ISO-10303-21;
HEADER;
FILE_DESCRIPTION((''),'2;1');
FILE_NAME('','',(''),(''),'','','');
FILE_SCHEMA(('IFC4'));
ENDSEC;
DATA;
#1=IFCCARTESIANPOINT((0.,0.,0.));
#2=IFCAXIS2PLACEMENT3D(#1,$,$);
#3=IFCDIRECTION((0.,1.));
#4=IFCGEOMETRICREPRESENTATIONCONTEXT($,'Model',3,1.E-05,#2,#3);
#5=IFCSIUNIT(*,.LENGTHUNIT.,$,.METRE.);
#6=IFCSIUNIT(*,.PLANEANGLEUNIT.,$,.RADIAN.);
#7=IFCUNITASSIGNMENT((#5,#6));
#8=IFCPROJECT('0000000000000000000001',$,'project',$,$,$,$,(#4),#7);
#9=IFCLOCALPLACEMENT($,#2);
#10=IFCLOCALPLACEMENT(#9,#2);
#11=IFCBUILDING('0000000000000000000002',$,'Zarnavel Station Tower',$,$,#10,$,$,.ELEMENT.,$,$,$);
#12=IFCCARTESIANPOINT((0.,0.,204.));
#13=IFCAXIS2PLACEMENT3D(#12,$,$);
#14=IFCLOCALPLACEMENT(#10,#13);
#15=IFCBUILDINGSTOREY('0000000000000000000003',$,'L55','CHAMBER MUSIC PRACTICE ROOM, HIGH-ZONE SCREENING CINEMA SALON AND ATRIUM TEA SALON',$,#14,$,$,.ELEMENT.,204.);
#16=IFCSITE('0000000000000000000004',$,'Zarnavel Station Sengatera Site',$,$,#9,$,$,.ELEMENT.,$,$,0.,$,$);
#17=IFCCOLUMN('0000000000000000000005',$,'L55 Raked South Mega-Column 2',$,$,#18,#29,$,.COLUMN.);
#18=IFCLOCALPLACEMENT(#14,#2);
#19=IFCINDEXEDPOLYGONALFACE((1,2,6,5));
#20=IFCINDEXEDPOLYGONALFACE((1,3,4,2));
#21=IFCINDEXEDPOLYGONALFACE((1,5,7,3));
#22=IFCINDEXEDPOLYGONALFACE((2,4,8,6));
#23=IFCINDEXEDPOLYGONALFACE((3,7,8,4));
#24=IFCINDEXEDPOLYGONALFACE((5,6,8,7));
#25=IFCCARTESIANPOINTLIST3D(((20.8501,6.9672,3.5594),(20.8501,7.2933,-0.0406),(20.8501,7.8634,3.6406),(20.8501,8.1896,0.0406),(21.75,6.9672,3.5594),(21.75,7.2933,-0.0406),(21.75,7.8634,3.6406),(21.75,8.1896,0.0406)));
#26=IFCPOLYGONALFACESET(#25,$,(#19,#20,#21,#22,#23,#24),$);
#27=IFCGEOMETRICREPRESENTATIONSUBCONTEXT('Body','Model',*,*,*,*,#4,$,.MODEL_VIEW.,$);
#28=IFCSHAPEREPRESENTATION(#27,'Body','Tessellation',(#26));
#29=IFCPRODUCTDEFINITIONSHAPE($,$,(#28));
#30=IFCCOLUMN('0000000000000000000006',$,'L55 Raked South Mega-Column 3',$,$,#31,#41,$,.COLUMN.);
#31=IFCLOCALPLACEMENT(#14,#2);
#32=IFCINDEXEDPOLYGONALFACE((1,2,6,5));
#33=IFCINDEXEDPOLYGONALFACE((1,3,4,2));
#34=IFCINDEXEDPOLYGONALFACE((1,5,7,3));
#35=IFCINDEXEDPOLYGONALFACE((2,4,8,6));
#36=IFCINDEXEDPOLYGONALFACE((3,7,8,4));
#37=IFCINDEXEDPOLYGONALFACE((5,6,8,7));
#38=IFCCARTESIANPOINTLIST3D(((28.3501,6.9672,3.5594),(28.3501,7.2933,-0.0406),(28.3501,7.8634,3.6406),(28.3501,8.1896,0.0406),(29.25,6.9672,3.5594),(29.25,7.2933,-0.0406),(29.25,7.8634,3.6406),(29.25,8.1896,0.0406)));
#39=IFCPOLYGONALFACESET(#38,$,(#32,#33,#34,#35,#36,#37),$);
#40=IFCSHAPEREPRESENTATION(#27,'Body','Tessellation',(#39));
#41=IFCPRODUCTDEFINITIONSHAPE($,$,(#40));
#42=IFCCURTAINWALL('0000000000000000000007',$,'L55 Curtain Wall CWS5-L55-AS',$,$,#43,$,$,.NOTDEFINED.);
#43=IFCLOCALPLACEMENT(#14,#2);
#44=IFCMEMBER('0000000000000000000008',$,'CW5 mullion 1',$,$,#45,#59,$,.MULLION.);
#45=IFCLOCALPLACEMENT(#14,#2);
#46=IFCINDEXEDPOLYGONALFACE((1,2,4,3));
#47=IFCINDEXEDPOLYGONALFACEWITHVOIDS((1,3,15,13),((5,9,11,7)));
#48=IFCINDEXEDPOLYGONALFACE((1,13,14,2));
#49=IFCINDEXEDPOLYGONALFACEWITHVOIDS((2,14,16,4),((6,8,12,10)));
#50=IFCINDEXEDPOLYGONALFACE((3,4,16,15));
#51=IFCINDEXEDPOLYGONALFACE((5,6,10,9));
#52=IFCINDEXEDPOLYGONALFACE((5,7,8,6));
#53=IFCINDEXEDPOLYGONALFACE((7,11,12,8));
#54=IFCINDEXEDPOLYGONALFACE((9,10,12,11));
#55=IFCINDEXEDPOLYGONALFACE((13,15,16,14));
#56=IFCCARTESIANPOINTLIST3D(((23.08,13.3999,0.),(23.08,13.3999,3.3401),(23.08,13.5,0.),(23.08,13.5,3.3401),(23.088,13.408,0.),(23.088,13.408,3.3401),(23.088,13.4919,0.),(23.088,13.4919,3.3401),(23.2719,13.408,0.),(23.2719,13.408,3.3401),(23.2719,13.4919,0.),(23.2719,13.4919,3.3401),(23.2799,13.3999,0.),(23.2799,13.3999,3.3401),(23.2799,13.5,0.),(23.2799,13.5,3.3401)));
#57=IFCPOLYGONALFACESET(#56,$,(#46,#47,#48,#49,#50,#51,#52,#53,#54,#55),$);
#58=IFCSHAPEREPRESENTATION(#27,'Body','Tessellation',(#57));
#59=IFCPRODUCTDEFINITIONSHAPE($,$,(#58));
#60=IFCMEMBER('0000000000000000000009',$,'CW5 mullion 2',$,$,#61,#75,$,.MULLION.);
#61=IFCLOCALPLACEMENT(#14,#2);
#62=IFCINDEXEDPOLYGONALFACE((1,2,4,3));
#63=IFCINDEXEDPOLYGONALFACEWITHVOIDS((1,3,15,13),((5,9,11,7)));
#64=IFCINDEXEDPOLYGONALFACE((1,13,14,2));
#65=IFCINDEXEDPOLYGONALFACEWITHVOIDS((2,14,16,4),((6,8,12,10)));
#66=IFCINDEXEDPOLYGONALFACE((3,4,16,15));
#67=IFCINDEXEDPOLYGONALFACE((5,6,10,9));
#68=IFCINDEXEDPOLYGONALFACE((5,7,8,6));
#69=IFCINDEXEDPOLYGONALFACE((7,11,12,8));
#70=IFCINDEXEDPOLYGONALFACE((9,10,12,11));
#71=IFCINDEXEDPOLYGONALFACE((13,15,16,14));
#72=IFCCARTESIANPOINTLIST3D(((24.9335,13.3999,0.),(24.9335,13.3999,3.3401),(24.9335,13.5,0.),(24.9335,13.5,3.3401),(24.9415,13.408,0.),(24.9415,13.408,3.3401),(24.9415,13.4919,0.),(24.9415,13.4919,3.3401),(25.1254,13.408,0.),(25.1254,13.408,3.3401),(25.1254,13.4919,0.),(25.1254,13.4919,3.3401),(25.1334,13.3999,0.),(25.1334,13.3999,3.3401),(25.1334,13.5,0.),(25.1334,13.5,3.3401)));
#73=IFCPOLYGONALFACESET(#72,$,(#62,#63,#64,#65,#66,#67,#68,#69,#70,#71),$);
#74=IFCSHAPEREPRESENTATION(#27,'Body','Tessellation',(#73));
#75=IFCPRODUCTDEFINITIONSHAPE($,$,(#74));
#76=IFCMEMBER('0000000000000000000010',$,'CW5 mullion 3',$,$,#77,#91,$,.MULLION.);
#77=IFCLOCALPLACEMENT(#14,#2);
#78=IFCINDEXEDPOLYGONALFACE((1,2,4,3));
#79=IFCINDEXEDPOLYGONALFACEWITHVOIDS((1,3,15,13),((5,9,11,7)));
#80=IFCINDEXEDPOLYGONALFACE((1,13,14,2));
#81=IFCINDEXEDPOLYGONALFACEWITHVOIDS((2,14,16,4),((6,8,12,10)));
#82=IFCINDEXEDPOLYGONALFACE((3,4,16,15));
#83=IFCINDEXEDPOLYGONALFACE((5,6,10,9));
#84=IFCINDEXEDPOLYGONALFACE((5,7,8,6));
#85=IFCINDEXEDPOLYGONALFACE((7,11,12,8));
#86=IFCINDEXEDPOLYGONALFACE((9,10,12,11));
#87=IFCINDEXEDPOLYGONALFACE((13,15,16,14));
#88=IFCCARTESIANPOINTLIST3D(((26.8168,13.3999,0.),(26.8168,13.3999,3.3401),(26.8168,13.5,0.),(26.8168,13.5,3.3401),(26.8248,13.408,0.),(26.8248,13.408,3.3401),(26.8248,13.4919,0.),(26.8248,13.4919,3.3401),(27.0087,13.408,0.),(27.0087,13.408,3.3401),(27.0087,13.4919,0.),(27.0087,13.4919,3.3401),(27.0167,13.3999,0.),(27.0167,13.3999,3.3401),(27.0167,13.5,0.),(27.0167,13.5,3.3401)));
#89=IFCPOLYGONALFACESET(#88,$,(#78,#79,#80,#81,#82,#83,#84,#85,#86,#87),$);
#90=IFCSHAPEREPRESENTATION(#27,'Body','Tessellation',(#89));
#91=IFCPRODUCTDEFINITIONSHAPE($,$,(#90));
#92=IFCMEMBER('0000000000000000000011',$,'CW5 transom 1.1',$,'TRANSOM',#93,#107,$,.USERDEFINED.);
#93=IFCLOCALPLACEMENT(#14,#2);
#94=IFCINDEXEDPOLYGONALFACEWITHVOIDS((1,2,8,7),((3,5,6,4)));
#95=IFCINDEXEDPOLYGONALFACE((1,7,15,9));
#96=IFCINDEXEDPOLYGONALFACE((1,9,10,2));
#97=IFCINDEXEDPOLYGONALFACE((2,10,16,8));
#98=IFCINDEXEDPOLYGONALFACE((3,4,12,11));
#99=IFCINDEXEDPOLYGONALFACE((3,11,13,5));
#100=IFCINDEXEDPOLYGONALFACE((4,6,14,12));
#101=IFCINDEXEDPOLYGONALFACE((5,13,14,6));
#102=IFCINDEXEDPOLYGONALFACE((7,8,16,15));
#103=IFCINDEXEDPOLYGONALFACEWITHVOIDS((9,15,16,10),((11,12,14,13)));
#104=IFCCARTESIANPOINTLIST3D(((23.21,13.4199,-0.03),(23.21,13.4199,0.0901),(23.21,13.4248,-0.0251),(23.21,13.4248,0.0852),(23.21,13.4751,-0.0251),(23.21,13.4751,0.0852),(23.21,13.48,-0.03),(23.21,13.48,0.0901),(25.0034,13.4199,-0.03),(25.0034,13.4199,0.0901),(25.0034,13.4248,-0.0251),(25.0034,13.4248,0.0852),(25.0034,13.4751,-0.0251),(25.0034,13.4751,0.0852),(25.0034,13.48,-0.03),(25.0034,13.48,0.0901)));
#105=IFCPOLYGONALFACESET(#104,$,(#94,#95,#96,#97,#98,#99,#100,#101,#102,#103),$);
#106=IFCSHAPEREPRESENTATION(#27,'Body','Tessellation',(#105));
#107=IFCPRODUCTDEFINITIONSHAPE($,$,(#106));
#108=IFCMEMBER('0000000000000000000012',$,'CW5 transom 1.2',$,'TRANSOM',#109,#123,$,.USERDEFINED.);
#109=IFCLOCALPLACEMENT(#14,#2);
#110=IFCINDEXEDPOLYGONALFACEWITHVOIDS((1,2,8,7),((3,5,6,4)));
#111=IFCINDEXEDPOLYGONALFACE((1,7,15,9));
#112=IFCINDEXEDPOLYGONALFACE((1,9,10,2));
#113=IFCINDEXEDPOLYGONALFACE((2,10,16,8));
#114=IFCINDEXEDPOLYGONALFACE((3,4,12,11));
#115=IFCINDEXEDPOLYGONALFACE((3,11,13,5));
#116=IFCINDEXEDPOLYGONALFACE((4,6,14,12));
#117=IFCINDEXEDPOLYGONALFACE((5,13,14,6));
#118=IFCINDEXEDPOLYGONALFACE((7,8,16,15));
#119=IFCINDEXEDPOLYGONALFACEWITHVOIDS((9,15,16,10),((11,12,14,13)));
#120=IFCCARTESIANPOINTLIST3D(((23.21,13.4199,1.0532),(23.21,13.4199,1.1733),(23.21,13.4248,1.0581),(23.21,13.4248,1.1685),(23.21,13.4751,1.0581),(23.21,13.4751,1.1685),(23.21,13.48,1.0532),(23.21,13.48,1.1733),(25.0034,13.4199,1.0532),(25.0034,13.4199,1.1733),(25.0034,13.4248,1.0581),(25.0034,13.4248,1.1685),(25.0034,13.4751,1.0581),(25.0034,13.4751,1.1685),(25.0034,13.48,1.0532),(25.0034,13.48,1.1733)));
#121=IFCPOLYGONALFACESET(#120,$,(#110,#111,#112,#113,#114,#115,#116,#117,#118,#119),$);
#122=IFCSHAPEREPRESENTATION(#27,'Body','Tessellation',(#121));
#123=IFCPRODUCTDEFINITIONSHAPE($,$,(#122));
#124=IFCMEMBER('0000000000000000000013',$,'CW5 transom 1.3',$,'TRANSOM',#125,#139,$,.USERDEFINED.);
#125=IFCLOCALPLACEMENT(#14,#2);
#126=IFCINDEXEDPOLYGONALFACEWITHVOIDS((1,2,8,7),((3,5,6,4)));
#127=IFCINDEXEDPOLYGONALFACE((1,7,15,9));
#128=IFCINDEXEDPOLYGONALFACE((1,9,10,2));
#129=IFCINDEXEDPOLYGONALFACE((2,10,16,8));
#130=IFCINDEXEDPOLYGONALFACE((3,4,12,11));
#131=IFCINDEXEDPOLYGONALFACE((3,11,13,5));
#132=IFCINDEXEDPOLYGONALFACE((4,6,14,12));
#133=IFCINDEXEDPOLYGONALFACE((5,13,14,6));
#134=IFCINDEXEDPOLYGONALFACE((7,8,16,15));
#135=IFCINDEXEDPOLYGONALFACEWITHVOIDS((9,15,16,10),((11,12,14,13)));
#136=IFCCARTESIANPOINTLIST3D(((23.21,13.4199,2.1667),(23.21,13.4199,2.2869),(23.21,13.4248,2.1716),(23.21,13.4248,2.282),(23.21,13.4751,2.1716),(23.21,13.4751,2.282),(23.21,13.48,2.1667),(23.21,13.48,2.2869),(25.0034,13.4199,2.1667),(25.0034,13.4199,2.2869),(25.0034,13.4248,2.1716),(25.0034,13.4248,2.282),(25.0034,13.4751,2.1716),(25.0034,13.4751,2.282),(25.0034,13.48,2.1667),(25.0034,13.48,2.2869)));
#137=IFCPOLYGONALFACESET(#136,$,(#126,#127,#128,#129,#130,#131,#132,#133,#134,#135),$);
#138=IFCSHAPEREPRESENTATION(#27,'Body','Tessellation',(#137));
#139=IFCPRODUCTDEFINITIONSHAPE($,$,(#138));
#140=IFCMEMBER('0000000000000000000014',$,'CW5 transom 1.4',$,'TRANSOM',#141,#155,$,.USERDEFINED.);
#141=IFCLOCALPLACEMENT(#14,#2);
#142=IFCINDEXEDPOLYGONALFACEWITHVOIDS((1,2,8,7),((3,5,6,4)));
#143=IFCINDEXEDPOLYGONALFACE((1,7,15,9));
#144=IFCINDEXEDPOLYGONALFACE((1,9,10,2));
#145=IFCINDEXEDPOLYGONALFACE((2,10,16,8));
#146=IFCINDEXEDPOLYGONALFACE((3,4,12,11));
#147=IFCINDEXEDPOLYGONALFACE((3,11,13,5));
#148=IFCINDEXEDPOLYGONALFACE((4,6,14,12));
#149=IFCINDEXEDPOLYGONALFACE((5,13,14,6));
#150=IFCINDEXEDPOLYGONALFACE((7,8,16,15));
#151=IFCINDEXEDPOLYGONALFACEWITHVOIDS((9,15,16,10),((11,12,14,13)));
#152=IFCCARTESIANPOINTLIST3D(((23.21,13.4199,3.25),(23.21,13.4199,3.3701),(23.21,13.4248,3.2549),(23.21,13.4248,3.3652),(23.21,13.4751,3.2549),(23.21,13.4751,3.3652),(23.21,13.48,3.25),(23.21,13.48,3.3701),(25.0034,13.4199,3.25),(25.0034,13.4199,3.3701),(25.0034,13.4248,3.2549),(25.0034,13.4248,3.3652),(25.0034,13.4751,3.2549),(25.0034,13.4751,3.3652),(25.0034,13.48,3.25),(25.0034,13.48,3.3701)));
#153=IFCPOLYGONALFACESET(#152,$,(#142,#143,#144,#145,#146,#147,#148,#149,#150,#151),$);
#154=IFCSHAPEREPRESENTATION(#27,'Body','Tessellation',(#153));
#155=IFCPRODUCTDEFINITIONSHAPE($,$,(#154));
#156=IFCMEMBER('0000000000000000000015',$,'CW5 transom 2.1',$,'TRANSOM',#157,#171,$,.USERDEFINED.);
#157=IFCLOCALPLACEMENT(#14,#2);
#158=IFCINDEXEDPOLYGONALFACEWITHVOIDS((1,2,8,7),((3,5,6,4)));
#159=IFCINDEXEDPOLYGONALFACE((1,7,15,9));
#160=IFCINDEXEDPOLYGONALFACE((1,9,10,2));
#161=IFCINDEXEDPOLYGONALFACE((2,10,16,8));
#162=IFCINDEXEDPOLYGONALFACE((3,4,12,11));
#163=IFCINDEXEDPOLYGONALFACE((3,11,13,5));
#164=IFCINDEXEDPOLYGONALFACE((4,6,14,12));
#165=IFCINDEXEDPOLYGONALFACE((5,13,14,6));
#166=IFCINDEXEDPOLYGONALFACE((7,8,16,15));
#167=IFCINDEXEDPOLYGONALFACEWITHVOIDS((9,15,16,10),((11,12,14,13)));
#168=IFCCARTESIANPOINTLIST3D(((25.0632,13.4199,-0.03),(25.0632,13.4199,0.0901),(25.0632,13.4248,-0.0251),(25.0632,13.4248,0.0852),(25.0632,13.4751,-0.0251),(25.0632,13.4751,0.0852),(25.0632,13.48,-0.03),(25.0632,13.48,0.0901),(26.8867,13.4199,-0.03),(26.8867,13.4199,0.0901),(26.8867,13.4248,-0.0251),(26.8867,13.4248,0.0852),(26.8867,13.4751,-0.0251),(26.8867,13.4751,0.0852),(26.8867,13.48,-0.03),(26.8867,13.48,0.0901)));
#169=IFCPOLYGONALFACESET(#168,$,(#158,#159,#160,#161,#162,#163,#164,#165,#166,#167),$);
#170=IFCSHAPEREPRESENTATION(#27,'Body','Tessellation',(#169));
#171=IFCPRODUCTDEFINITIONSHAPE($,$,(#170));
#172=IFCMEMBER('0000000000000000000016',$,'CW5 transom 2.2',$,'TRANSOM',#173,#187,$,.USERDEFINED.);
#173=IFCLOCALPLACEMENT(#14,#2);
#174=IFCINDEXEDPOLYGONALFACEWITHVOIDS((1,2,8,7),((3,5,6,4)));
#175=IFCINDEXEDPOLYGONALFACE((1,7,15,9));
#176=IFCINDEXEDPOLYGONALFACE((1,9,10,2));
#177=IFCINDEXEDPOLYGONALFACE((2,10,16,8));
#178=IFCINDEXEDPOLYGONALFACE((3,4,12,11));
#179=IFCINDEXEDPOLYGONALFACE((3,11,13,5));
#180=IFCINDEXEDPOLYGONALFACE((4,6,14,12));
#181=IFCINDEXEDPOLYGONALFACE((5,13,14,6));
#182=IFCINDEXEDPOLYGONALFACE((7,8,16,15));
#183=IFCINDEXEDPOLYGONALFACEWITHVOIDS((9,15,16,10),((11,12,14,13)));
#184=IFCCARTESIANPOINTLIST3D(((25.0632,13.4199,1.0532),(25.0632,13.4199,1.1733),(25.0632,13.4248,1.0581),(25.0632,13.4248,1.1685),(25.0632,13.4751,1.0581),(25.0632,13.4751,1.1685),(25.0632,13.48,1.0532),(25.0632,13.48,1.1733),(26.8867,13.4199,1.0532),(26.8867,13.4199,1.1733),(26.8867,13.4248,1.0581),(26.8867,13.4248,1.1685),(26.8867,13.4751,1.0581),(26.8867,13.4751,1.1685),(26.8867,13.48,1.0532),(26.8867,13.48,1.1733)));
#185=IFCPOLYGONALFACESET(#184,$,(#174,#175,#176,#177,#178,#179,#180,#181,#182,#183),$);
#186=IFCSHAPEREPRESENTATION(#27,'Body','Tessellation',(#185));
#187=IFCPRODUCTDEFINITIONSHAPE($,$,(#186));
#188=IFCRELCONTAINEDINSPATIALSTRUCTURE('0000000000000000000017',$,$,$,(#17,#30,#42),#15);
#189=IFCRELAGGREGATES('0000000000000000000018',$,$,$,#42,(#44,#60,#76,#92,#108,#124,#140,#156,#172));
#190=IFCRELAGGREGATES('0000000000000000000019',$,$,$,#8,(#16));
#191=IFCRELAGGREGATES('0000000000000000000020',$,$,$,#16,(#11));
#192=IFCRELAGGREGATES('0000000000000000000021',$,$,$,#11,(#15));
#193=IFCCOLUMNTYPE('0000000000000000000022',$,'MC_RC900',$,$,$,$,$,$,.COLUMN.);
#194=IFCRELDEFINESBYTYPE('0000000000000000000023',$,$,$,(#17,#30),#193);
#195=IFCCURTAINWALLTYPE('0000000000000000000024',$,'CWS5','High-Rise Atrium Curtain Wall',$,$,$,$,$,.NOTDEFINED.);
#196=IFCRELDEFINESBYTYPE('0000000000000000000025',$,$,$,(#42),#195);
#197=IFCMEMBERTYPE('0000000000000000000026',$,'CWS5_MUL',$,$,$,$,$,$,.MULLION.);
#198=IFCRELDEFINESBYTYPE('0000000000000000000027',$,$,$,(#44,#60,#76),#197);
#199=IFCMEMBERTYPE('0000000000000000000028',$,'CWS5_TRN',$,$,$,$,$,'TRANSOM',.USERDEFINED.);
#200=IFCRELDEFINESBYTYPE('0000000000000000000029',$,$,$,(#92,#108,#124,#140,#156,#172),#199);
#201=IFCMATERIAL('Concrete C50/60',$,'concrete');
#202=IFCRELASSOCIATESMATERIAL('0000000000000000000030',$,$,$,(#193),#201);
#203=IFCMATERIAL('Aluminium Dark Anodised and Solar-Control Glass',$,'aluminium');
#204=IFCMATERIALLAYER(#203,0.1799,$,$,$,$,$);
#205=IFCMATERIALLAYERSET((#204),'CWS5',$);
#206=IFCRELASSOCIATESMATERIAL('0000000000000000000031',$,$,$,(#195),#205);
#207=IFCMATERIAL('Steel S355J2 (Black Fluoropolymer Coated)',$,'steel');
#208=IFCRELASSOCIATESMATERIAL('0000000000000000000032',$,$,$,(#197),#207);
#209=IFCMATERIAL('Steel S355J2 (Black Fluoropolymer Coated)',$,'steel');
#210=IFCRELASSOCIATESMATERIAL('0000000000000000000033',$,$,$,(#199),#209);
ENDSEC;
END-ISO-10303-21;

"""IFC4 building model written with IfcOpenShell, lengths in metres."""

from ifc_helpers import new_model, si_unit, direction, frame, origin, origin_2d, place, context, subcontext, project, spatial, rectangle, hollow_rectangle, extrude, material, layer, layer_set, material_profile, profile_set, type_object, element, aggregate, save


model = new_model("IFC4")

# Units and contexts
model_context = context("Model", 3, precision=1e-05, world=origin(), true_north=direction((0.0, 1.0)))
body_context = subcontext(model_context, "Body", "Model", "MODEL_VIEW")
ifc_project = project(units=[si_unit("LENGTHUNIT", "METRE"), si_unit("PLANEANGLEUNIT", "RADIAN")], contexts=[model_context])

# Site, building, storey
site_placement = place(None, origin())
site = spatial("IfcSite", under=ifc_project, at=site_placement, Name="Zarnavel Station Sengatera Site", CompositionType="ELEMENT", RefElevation=0.0)
building_placement = place(site_placement, origin())
building = spatial("IfcBuilding", under=site, at=building_placement, Name="Zarnavel Station Tower", CompositionType="ELEMENT")
storey_placement = place(building_placement, frame((0.0, 0.0, 204.0)))
storey = spatial("IfcBuildingStorey", under=building, at=storey_placement, Name="L55", Description="CHAMBER MUSIC PRACTICE ROOM, HIGH-ZONE SCREENING CINEMA SALON AND ATRIUM TEA SALON", CompositionType="ELEMENT", Elevation=204.0)

# Columns
ifc_material_1 = material(Name="Concrete C50/60", Category="concrete")
ifc_material_profile_1 = material_profile(ifc_material_1, rectangle(XDim=0.8999, YDim=0.8999, at=origin_2d()), Name="RC900x900")
ifc_profile_set_1 = profile_set([ifc_material_profile_1], Name="Concrete C50/60")
column_type = type_object("IfcColumnType", Name="MC_RC900", PredefinedType="COLUMN", material=ifc_profile_set_1)
for number, where, z_axis, x_axis, name in (
    (1, (21.3, 7.7415, 0.0), (0.0, -0.090231, 0.995921), (1.0, 0.0, 0.0), "L55 Raked South Mega-Column 2"),
    (2, (28.8, 7.7415, 0.0), (0.0, -0.090231, 0.995921), (1.0, 0.0, 0.0), "L55 Raked South Mega-Column 3"),
):
    element("IfcColumn", number, at=place(storey_placement, frame(where, z_axis=z_axis, x_axis=x_axis)), inside=storey, type_object=column_type, Name=name, PredefinedType="COLUMN", context=body_context, shape_type="SweptSolid", body=[
        extrude(rectangle(XDim=0.8999, YDim=0.8999, at=origin_2d()), origin(), (0.0, 0.0, 1.0), 3.6147),
    ])

# Curtain wall, members
ifc_material_2 = material(Name="Aluminium Dark Anodised and Solar-Control Glass", Category="aluminium")
ifc_layer_1 = layer(ifc_material_2, 0.1799)
ifc_layer_set_1 = layer_set([ifc_layer_1], Name="CWS5")
curtain_wall_type = type_object("IfcCurtainWallType", Name="CWS5", Description="High-Rise Atrium Curtain Wall", PredefinedType="NOTDEFINED", material=ifc_layer_set_1)
curtain_wall_placement = place(storey_placement, origin())
curtain_wall = element("IfcCurtainWall", 3, at=curtain_wall_placement, inside=storey, type_object=curtain_wall_type, Name="L55 Curtain Wall CWS5-L55-AS", PredefinedType="NOTDEFINED")
ifc_material_3 = material(Name="Steel S355J2 (Black Fluoropolymer Coated)", Category="steel")
ifc_material_profile_2 = material_profile(ifc_material_3, hollow_rectangle(XDim=0.1001, YDim=0.2, WallThickness=0.0081, at=origin_2d()), Name="RHS200x100x8")
ifc_profile_set_2 = profile_set([ifc_material_profile_2], Name="Steel S355J2 (Black Fluoropolymer Coated)")
member_type_1 = type_object("IfcMemberType", Name="CWS5_MUL", PredefinedType="MULLION", material=ifc_profile_set_2)
member_1_placement = place(storey_placement, frame((23.1799, 13.45, 0.0), z_axis=(0.0, 0.0, 1.0), x_axis=(0.0, 1.0, 0.0)))
member_1 = element("IfcMember", 4, at=member_1_placement, type_object=member_type_1, Name="CW5 mullion 1", PredefinedType="MULLION", context=body_context, shape_type="SweptSolid", body=[
    extrude(hollow_rectangle(XDim=0.1001, YDim=0.2, WallThickness=0.0081, at=origin_2d()), origin(), (0.0, 0.0, 1.0), 3.3401),
])
member_2_placement = place(storey_placement, frame((25.0334, 13.45, 0.0), z_axis=(0.0, 0.0, 1.0), x_axis=(0.0, 1.0, 0.0)))
member_2 = element("IfcMember", 5, at=member_2_placement, type_object=member_type_1, Name="CW5 mullion 2", PredefinedType="MULLION", context=body_context, shape_type="SweptSolid", body=[
    extrude(hollow_rectangle(XDim=0.1001, YDim=0.2, WallThickness=0.0081, at=origin_2d()), origin(), (0.0, 0.0, 1.0), 3.3401),
])
member_3_placement = place(storey_placement, frame((26.9167, 13.45, 0.0), z_axis=(0.0, 0.0, 1.0), x_axis=(0.0, 1.0, 0.0)))
member_3 = element("IfcMember", 6, at=member_3_placement, type_object=member_type_1, Name="CW5 mullion 3", PredefinedType="MULLION", context=body_context, shape_type="SweptSolid", body=[
    extrude(hollow_rectangle(XDim=0.1001, YDim=0.2, WallThickness=0.0081, at=origin_2d()), origin(), (0.0, 0.0, 1.0), 3.3401),
])
ifc_material_4 = material(Name="Steel S355J2 (Black Fluoropolymer Coated)", Category="steel")
ifc_material_profile_3 = material_profile(ifc_material_4, hollow_rectangle(XDim=0.0601, YDim=0.1201, WallThickness=0.0049, at=origin_2d()), Name="RHS120x60x5")
ifc_profile_set_3 = profile_set([ifc_material_profile_3], Name="Steel S355J2 (Black Fluoropolymer Coated)")
member_type_2 = type_object("IfcMemberType", Name="CWS5_TRN", ElementType="TRANSOM", PredefinedType="USERDEFINED", material=ifc_profile_set_3)
member_4_placement = place(storey_placement, frame((23.21, 13.45, 0.03), z_axis=(1.0, 0.0, 0.0), x_axis=(0.0, 1.0, 0.0)))
member_4 = element("IfcMember", 7, at=member_4_placement, type_object=member_type_2, Name="CW5 transom 1.1", ObjectType="TRANSOM", PredefinedType="USERDEFINED", context=body_context, shape_type="SweptSolid", body=[
    extrude(hollow_rectangle(XDim=0.0601, YDim=0.1201, WallThickness=0.0049, at=origin_2d()), origin(), (0.0, 0.0, 1.0), 1.7935),
])
member_5_placement = place(storey_placement, frame((23.21, 13.45, 1.1133), z_axis=(1.0, 0.0, 0.0), x_axis=(0.0, 1.0, 0.0)))
member_5 = element("IfcMember", 8, at=member_5_placement, type_object=member_type_2, Name="CW5 transom 1.2", ObjectType="TRANSOM", PredefinedType="USERDEFINED", context=body_context, shape_type="SweptSolid", body=[
    extrude(hollow_rectangle(XDim=0.0601, YDim=0.1201, WallThickness=0.0049, at=origin_2d()), origin(), (0.0, 0.0, 1.0), 1.7935),
])
member_6_placement = place(storey_placement, frame((23.21, 13.45, 2.2268), z_axis=(1.0, 0.0, 0.0), x_axis=(0.0, 1.0, 0.0)))
member_6 = element("IfcMember", 9, at=member_6_placement, type_object=member_type_2, Name="CW5 transom 1.3", ObjectType="TRANSOM", PredefinedType="USERDEFINED", context=body_context, shape_type="SweptSolid", body=[
    extrude(hollow_rectangle(XDim=0.0601, YDim=0.1201, WallThickness=0.0049, at=origin_2d()), origin(), (0.0, 0.0, 1.0), 1.7935),
])
member_7_placement = place(storey_placement, frame((23.21, 13.45, 3.3101), z_axis=(1.0, 0.0, 0.0), x_axis=(0.0, 1.0, 0.0)))
member_7 = element("IfcMember", 10, at=member_7_placement, type_object=member_type_2, Name="CW5 transom 1.4", ObjectType="TRANSOM", PredefinedType="USERDEFINED", context=body_context, shape_type="SweptSolid", body=[
    extrude(hollow_rectangle(XDim=0.0601, YDim=0.1201, WallThickness=0.0049, at=origin_2d()), origin(), (0.0, 0.0, 1.0), 1.7935),
])
member_8_placement = place(storey_placement, frame((25.0632, 13.45, 0.03), z_axis=(1.0, 0.0, 0.0), x_axis=(0.0, 1.0, 0.0)))
member_8 = element("IfcMember", 11, at=member_8_placement, type_object=member_type_2, Name="CW5 transom 2.1", ObjectType="TRANSOM", PredefinedType="USERDEFINED", context=body_context, shape_type="SweptSolid", body=[
    extrude(hollow_rectangle(XDim=0.0601, YDim=0.1201, WallThickness=0.0049, at=origin_2d()), origin(), (0.0, 0.0, 1.0), 1.8235),
])
member_9_placement = place(storey_placement, frame((25.0632, 13.45, 1.1133), z_axis=(1.0, 0.0, 0.0), x_axis=(0.0, 1.0, 0.0)))
member_9 = element("IfcMember", 12, at=member_9_placement, type_object=member_type_2, Name="CW5 transom 2.2", ObjectType="TRANSOM", PredefinedType="USERDEFINED", context=body_context, shape_type="SweptSolid", body=[
    extrude(hollow_rectangle(XDim=0.0601, YDim=0.1201, WallThickness=0.0049, at=origin_2d()), origin(), (0.0, 0.0, 1.0), 1.8235),
])

aggregate(curtain_wall, [member_1, member_2, member_3, member_4, member_5, member_6, member_7, member_8, member_9])

save(model, "model.ifc")
